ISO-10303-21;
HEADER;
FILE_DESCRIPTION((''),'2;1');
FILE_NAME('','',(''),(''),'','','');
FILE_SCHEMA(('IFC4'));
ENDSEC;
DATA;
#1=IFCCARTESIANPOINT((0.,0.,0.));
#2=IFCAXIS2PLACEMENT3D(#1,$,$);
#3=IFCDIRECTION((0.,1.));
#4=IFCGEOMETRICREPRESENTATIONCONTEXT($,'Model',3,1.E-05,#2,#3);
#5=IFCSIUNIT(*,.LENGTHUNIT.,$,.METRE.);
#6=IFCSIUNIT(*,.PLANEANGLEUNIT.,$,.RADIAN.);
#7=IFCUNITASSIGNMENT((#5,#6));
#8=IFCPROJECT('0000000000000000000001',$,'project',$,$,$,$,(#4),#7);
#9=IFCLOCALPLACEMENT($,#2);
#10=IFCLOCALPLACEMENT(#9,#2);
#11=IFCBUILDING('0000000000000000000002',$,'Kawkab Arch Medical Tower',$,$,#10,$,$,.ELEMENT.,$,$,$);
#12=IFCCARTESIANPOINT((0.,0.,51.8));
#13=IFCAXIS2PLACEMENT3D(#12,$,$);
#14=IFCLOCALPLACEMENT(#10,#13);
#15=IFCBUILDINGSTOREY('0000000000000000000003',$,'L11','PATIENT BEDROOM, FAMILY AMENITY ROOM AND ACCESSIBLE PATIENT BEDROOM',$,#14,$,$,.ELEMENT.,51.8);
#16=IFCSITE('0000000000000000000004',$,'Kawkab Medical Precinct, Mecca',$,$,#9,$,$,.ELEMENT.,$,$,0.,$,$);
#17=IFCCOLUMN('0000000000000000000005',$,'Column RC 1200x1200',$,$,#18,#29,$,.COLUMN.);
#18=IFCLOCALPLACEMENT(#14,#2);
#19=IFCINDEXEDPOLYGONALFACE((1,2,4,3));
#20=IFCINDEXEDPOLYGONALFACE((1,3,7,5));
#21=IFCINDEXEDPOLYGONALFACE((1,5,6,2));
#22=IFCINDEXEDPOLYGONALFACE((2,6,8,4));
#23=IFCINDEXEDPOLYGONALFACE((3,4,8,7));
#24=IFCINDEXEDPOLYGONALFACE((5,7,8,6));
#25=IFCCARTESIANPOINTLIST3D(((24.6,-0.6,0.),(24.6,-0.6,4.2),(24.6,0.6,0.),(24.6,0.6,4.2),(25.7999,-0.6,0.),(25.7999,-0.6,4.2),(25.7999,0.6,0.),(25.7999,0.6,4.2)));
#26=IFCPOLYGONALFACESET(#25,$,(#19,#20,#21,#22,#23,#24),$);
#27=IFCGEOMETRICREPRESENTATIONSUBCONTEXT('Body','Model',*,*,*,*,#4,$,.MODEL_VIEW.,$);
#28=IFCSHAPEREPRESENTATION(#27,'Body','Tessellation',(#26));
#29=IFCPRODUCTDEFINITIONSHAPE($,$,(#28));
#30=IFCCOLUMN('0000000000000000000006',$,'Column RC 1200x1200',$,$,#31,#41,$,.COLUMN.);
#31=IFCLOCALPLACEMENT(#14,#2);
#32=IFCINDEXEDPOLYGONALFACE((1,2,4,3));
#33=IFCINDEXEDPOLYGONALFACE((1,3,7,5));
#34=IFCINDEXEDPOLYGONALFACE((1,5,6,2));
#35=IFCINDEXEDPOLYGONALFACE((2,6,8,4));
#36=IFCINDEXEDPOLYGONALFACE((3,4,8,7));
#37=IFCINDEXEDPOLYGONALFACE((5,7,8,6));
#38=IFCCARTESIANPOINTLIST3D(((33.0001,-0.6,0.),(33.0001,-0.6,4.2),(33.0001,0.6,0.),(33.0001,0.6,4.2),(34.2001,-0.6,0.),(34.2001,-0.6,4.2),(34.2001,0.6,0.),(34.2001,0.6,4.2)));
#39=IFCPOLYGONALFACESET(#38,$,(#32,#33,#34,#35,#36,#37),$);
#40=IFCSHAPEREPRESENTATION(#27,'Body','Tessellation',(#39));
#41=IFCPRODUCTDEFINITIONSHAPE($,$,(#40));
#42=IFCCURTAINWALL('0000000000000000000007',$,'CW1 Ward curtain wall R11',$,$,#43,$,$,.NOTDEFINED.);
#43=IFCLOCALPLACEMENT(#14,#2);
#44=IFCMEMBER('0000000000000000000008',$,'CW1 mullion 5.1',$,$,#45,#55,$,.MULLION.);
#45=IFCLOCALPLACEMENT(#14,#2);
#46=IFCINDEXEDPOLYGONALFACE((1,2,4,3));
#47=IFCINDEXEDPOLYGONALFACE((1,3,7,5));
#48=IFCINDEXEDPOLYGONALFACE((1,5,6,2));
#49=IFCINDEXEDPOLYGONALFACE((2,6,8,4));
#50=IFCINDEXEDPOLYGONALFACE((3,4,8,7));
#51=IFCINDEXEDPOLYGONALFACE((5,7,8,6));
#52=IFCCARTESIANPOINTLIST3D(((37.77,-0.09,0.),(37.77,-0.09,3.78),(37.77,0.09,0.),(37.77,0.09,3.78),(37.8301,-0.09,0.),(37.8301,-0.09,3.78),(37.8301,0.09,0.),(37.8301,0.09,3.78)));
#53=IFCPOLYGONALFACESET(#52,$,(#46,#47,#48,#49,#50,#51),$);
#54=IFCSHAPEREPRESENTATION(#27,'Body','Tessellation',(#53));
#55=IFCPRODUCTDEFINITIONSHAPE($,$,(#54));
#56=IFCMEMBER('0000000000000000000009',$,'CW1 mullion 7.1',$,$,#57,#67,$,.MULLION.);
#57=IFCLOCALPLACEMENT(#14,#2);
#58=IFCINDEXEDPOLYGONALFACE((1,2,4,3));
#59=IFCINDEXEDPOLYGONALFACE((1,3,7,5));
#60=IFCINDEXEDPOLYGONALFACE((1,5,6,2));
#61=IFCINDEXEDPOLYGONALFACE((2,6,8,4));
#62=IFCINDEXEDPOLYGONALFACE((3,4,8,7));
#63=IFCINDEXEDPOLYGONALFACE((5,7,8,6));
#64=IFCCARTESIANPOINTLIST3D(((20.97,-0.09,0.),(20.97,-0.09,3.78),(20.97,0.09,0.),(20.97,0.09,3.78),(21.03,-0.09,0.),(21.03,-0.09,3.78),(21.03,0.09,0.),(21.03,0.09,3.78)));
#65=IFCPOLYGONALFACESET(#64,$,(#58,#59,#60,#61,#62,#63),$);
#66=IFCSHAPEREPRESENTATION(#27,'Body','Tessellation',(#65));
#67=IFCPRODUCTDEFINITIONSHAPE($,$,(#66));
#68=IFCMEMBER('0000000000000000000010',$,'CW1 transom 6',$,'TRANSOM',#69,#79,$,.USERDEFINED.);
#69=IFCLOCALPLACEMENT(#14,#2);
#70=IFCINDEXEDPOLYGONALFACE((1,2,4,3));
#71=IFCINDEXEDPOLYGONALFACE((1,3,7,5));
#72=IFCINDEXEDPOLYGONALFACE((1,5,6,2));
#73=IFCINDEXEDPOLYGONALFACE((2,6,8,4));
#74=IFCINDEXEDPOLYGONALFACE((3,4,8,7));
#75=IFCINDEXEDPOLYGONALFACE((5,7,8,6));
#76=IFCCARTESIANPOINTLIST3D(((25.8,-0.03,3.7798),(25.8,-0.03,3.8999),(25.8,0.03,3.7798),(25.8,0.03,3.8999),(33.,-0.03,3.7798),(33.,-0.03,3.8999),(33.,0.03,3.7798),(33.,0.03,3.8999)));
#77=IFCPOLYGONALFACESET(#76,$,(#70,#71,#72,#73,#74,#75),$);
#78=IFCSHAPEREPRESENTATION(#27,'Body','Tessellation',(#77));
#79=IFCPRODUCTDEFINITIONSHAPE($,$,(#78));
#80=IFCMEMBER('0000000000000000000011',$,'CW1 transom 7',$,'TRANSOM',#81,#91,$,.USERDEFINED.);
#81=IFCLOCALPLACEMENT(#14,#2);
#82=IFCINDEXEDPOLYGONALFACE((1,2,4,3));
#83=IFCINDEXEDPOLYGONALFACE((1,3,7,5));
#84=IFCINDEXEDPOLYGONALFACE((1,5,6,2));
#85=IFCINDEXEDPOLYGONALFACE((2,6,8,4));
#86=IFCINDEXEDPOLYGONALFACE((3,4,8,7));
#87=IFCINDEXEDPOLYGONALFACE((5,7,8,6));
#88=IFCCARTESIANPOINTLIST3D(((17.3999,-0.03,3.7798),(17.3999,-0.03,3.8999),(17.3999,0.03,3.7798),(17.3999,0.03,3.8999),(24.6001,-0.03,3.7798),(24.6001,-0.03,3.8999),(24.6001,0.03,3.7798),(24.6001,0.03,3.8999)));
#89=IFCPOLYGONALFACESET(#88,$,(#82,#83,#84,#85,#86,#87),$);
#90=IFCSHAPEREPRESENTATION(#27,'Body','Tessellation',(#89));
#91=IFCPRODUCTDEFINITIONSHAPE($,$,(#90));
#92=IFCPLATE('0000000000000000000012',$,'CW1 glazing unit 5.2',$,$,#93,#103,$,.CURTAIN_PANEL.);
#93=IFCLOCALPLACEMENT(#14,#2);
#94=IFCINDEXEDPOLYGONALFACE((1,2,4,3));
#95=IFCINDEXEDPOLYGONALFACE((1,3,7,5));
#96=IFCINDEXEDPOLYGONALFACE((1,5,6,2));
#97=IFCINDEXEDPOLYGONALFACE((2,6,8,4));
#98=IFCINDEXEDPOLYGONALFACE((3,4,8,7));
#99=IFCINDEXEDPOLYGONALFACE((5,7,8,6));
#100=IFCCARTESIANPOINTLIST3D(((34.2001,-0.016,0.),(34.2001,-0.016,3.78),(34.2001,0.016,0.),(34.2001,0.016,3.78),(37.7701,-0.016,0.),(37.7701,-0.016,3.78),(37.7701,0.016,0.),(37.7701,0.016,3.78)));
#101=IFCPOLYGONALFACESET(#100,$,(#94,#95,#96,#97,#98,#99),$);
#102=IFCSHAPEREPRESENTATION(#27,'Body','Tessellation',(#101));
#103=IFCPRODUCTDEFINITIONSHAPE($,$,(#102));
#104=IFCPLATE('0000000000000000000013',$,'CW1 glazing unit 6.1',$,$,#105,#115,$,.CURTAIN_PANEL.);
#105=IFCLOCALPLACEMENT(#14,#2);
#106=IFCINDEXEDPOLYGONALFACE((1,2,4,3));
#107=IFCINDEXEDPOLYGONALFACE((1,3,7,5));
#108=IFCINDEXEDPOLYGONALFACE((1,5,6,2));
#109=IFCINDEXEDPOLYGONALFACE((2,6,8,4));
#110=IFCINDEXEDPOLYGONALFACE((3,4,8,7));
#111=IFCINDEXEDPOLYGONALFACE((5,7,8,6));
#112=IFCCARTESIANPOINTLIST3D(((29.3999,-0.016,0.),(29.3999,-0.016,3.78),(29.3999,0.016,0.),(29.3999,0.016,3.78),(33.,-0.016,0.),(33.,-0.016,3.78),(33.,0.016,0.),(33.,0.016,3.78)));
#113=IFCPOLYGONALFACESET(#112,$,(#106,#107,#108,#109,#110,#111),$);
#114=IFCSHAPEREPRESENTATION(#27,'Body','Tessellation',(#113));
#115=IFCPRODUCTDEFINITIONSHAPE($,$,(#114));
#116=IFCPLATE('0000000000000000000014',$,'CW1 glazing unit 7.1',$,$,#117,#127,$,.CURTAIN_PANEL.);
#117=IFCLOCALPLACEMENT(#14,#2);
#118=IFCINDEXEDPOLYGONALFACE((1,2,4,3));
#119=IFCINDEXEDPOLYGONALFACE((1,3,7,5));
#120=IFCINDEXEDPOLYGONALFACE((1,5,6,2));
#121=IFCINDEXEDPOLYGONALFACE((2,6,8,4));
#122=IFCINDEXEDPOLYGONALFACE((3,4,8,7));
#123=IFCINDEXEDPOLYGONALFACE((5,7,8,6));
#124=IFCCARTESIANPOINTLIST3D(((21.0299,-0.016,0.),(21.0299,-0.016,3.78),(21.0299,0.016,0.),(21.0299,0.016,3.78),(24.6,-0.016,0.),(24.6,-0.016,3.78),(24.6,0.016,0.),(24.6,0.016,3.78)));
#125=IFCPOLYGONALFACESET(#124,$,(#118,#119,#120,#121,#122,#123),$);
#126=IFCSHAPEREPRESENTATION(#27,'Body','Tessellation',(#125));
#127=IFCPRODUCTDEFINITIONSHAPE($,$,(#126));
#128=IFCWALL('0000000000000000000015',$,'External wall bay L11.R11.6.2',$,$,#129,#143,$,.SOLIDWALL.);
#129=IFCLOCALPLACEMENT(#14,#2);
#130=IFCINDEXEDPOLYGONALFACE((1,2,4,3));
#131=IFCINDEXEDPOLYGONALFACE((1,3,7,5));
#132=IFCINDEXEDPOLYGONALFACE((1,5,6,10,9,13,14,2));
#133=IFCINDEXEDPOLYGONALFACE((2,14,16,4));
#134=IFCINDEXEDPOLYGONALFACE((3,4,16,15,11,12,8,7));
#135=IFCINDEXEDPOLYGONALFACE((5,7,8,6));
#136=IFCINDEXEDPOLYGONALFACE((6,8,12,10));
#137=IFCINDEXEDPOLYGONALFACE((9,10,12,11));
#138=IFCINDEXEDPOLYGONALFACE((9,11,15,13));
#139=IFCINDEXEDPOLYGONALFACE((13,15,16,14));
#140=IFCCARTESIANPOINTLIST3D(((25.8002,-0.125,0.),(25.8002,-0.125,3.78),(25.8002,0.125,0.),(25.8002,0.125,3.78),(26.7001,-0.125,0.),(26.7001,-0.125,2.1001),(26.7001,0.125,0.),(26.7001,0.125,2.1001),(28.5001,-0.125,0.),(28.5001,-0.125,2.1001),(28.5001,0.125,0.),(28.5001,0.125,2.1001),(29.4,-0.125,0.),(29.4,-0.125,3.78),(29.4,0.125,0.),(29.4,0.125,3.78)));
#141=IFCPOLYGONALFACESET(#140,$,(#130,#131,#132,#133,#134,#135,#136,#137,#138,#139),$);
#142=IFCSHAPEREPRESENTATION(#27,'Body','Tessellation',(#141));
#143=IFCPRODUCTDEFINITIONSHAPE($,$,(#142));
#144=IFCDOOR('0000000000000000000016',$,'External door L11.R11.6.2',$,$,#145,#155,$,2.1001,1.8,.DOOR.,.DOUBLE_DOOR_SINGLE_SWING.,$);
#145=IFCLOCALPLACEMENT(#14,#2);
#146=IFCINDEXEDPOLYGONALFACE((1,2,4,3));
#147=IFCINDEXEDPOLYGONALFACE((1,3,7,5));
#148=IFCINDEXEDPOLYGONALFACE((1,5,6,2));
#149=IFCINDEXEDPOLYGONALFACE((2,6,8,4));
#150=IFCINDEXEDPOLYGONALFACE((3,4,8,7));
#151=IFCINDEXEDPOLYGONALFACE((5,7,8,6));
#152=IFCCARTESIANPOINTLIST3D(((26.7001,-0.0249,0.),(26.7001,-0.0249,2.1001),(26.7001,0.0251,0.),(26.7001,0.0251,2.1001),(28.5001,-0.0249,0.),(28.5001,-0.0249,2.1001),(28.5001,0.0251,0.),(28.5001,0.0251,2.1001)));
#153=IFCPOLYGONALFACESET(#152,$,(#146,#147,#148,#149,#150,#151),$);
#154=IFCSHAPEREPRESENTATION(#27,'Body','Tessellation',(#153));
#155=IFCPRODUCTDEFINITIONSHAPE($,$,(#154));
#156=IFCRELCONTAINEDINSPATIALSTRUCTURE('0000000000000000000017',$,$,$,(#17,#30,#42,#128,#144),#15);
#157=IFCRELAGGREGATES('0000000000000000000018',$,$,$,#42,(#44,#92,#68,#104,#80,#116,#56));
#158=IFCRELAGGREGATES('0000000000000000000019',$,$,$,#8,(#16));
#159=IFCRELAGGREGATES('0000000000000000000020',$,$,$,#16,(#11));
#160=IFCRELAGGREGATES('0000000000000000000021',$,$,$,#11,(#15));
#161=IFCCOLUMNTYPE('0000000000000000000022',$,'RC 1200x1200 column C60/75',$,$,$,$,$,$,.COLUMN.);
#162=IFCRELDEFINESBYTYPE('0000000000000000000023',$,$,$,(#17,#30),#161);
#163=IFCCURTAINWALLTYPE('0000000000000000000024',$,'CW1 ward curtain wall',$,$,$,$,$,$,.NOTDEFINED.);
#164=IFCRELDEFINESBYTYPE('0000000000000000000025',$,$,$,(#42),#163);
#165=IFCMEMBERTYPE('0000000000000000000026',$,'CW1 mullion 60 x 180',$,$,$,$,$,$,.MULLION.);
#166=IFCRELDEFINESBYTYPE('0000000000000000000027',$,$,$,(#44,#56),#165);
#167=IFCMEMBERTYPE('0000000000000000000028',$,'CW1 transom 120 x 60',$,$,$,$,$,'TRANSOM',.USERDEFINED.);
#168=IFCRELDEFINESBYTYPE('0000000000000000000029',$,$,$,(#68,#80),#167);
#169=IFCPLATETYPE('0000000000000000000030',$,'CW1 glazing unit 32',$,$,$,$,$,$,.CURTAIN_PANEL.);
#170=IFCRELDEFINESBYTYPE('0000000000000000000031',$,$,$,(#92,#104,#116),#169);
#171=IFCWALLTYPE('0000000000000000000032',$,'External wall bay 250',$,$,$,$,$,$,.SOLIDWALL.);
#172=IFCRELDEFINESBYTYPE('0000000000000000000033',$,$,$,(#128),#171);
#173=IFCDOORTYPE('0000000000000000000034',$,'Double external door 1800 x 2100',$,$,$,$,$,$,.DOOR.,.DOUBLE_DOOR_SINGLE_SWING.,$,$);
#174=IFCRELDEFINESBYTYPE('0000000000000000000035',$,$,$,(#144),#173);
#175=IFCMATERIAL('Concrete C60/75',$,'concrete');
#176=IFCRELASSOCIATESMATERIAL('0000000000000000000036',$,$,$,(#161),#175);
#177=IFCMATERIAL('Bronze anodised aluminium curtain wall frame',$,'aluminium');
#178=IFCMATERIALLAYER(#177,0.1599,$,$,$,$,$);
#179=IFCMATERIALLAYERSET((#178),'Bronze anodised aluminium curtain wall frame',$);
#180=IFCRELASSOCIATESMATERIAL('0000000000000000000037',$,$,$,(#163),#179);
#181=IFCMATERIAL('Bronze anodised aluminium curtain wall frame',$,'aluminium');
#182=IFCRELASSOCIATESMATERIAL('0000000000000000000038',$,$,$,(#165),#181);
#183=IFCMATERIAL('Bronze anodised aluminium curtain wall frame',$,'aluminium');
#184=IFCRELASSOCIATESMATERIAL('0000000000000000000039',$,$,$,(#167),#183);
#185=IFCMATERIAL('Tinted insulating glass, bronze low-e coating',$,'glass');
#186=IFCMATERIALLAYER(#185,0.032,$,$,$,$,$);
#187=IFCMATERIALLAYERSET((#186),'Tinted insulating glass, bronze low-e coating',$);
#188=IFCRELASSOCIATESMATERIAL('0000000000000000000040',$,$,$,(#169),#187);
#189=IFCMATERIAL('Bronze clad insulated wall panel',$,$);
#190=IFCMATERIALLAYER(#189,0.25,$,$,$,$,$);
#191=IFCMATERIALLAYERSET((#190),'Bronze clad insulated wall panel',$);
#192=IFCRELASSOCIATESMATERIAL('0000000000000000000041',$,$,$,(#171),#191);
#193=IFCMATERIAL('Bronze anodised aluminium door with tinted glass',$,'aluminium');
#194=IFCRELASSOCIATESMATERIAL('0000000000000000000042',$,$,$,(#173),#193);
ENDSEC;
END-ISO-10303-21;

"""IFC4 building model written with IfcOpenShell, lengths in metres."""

from ifc_helpers import new_model, si_unit, direction, frame, frame_2d, origin, origin_2d, place, context, subcontext, project, spatial, rectangle, extrude, material, layer, layer_set, material_profile, profile_set, type_object, element, fill, aggregate, save


model = new_model("IFC4")

# Units and contexts
model_context = context("Model", 3, precision=1e-05, world=origin(), true_north=direction((0.0, 1.0)))
body_context = subcontext(model_context, "Body", "Model", "MODEL_VIEW")
ifc_project = project(units=[si_unit("LENGTHUNIT", "METRE"), si_unit("PLANEANGLEUNIT", "RADIAN")], contexts=[model_context])

# Site, building, storey
site_placement = place(None, origin())
site = spatial("IfcSite", under=ifc_project, at=site_placement, Name="Kawkab Medical Precinct, Mecca", CompositionType="ELEMENT", RefElevation=0.0)
building_placement = place(site_placement, origin())
building = spatial("IfcBuilding", under=site, at=building_placement, Name="Kawkab Arch Medical Tower", CompositionType="ELEMENT")
storey_placement = place(building_placement, frame((0.0, 0.0, 51.8)))
storey = spatial("IfcBuildingStorey", under=building, at=storey_placement, Name="L11", Description="PATIENT BEDROOM, FAMILY AMENITY ROOM AND ACCESSIBLE PATIENT BEDROOM", CompositionType="ELEMENT", Elevation=51.8)

# Columns
ifc_material_1 = material(Name="Concrete C60/75", Category="concrete")
ifc_material_profile_1 = material_profile(ifc_material_1, rectangle(XDim=1.2, YDim=1.2, at=origin_2d()), Name="RC 1200x1200")
ifc_profile_set_1 = profile_set([ifc_material_profile_1], Name="Concrete C60/75")
column_type = type_object("IfcColumnType", Name="RC 1200x1200 column C60/75", PredefinedType="COLUMN", material=ifc_profile_set_1)
for number, where, z_axis, x_axis, name in (
    (1, (25.2, 0.0, 0.0), (0.0, 0.0, 1.0), (1.0, 0.0, 0.0), "Column RC 1200x1200"),
    (2, (33.6001, 0.0, 0.0), (0.0, 0.0, 1.0), (1.0, 0.0, 0.0), "Column RC 1200x1200"),
):
    element("IfcColumn", number, at=place(storey_placement, frame(where, z_axis=z_axis, x_axis=x_axis)), inside=storey, type_object=column_type, Name=name, PredefinedType="COLUMN", context=body_context, shape_type="SweptSolid", body=[
        extrude(rectangle(XDim=1.2, YDim=1.2, at=origin_2d()), origin(), (0.0, 0.0, 1.0), 4.2),
    ])

# Curtain wall, members, plates
ifc_material_2 = material(Name="Bronze anodised aluminium curtain wall frame", Category="aluminium")
ifc_layer_1 = layer(ifc_material_2, 0.1599)
ifc_layer_set_1 = layer_set([ifc_layer_1], Name="Bronze anodised aluminium curtain wall frame")
curtain_wall_type = type_object("IfcCurtainWallType", Name="CW1 ward curtain wall", PredefinedType="NOTDEFINED", material=ifc_layer_set_1)
placement = place(storey_placement, origin())
curtain_wall = element("IfcCurtainWall", 3, at=placement, inside=storey, type_object=curtain_wall_type, Name="CW1 Ward curtain wall R11", PredefinedType="NOTDEFINED")
ifc_material_3 = material(Name="Bronze anodised aluminium curtain wall frame", Category="aluminium")
ifc_material_profile_2 = material_profile(ifc_material_3, rectangle(XDim=0.1799, YDim=0.0601, at=origin_2d()), Name="AL 60x180")
ifc_profile_set_2 = profile_set([ifc_material_profile_2], Name="Bronze anodised aluminium curtain wall frame")
member_type_1 = type_object("IfcMemberType", Name="CW1 mullion 60 x 180", PredefinedType="MULLION", material=ifc_profile_set_2)
member_1_placement = place(storey_placement, frame((37.8, 0.0, 0.0), z_axis=(0.0, 0.0, 1.0), x_axis=(0.0, -1.0, 0.0)))
member_1 = element("IfcMember", 4, at=member_1_placement, type_object=member_type_1, Name="CW1 mullion 5.1", PredefinedType="MULLION", context=body_context, shape_type="SweptSolid", body=[
    extrude(rectangle(XDim=0.1799, YDim=0.0601, at=origin_2d()), origin(), (0.0, 0.0, 1.0), 3.78),
])
member_2_placement = place(storey_placement, frame((21.0, 0.0, 0.0), z_axis=(0.0, 0.0, 1.0), x_axis=(0.0, -1.0, 0.0)))
member_2 = element("IfcMember", 5, at=member_2_placement, type_object=member_type_1, Name="CW1 mullion 7.1", PredefinedType="MULLION", context=body_context, shape_type="SweptSolid", body=[
    extrude(rectangle(XDim=0.1799, YDim=0.0601, at=origin_2d()), origin(), (0.0, 0.0, 1.0), 3.78),
])
ifc_material_4 = material(Name="Bronze anodised aluminium curtain wall frame", Category="aluminium")
ifc_material_profile_3 = material_profile(ifc_material_4, rectangle(XDim=0.0601, YDim=0.1201, at=origin_2d()), Name="AL 60x120")
ifc_profile_set_3 = profile_set([ifc_material_profile_3], Name="Bronze anodised aluminium curtain wall frame")
member_type_2 = type_object("IfcMemberType", Name="CW1 transom 120 x 60", ElementType="TRANSOM", PredefinedType="USERDEFINED", material=ifc_profile_set_3)
member_3_placement = place(storey_placement, frame((33.0, 0.0, 3.8398), z_axis=(-1.0, 0.0, 0.0), x_axis=(0.0, -1.0, 0.0)))
member_3 = element("IfcMember", 6, at=member_3_placement, type_object=member_type_2, Name="CW1 transom 6", ObjectType="TRANSOM", PredefinedType="USERDEFINED", context=body_context, shape_type="SweptSolid", body=[
    extrude(rectangle(XDim=0.0601, YDim=0.1201, at=origin_2d()), origin(), (0.0, 0.0, 1.0), 7.2),
])
member_4_placement = place(storey_placement, frame((24.6001, 0.0, 3.8398), z_axis=(-1.0, 0.0, 0.0), x_axis=(0.0, -1.0, 0.0)))
member_4 = element("IfcMember", 7, at=member_4_placement, type_object=member_type_2, Name="CW1 transom 7", ObjectType="TRANSOM", PredefinedType="USERDEFINED", context=body_context, shape_type="SweptSolid", body=[
    extrude(rectangle(XDim=0.0601, YDim=0.1201, at=origin_2d()), origin(), (0.0, 0.0, 1.0), 7.2002),
])
ifc_material_5 = material(Name="Tinted insulating glass, bronze low-e coating", Category="glass")
ifc_layer_2 = layer(ifc_material_5, 0.032)
ifc_layer_set_2 = layer_set([ifc_layer_2], Name="Tinted insulating glass, bronze low-e coating")
plate_type = type_object("IfcPlateType", Name="CW1 glazing unit 32", PredefinedType="CURTAIN_PANEL", material=ifc_layer_set_2)
plate_1_placement = place(storey_placement, frame((35.9851, 0.0, 0.0), z_axis=(0.0, 0.0, 1.0), x_axis=(-1.0, 0.0, 0.0)))
plate_1 = element("IfcPlate", 8, at=plate_1_placement, type_object=plate_type, Name="CW1 glazing unit 5.2", PredefinedType="CURTAIN_PANEL", context=body_context, shape_type="SweptSolid", body=[
    extrude(rectangle(XDim=3.5701, YDim=0.032, at=origin_2d()), origin(), (0.0, 0.0, 1.0), 3.78),
])
plate_2_placement = place(storey_placement, frame((31.2, 0.0, 0.0), z_axis=(0.0, 0.0, 1.0), x_axis=(-1.0, 0.0, 0.0)))
plate_2 = element("IfcPlate", 9, at=plate_2_placement, type_object=plate_type, Name="CW1 glazing unit 6.1", PredefinedType="CURTAIN_PANEL", context=body_context, shape_type="SweptSolid", body=[
    extrude(rectangle(XDim=3.6001, YDim=0.032, at=origin_2d()), origin(), (0.0, 0.0, 1.0), 3.78),
])
plate_3_placement = place(storey_placement, frame((22.8149, 0.0, 0.0), z_axis=(0.0, 0.0, 1.0), x_axis=(-1.0, 0.0, 0.0)))
plate_3 = element("IfcPlate", 10, at=plate_3_placement, type_object=plate_type, Name="CW1 glazing unit 7.1", PredefinedType="CURTAIN_PANEL", context=body_context, shape_type="SweptSolid", body=[
    extrude(rectangle(XDim=3.5701, YDim=0.032, at=origin_2d()), origin(), (0.0, 0.0, 1.0), 3.78),
])
aggregate(curtain_wall, [member_1, plate_1, member_3, plate_2, member_4, plate_3, member_2])

# Wall, opening, door
ifc_material_6 = material(Name="Bronze clad insulated wall panel")
ifc_layer_3 = layer(ifc_material_6, 0.25)
ifc_layer_set_3 = layer_set([ifc_layer_3], Name="Bronze clad insulated wall panel")
wall_type = type_object("IfcWallType", Name="External wall bay 250", PredefinedType="SOLIDWALL", material=ifc_layer_set_3)
wall_placement = place(storey_placement, frame((29.3999, 0.0, 0.0), z_axis=(0.0, 0.0, 1.0), x_axis=(-1.0, 0.0, 0.0)))
wall = element("IfcWall", 11, at=wall_placement, inside=storey, type_object=wall_type, Name="External wall bay L11.R11.6.2", PredefinedType="SOLIDWALL", context=body_context, shape_type="SweptSolid", body=[
    extrude(rectangle(XDim=3.5999, YDim=0.25, at=frame_2d((1.7998, 0.0))), origin(), (0.0, 0.0, 1.0), 3.78),
])
opening_placement = place(wall_placement, frame((0.8999, 0.0, 0.0)))
opening = element("IfcOpeningElement", 12, at=opening_placement, cuts=wall, PredefinedType="OPENING", context=body_context, shape_type="SweptSolid", body=[
    extrude(rectangle(XDim=1.8, YDim=2.1001, at=frame_2d((0.8999, 1.05))), frame((0.0, 0.135, 0.0), z_axis=(0.0, -1.0, 0.0), x_axis=(1.0, 0.0, 0.0)), (0.0, 0.0, 1.0), 0.27),
])
ifc_material_7 = material(Name="Bronze anodised aluminium door with tinted glass", Category="aluminium")
door_type = type_object("IfcDoorType", Name="Double external door 1800 x 2100", OperationType="DOUBLE_DOOR_SINGLE_SWING", PredefinedType="DOOR", material=ifc_material_7)
door_placement = place(opening_placement, origin())
door = element("IfcDoor", 13, at=door_placement, inside=storey, type_object=door_type, Name="External door L11.R11.6.2", OperationType="DOUBLE_DOOR_SINGLE_SWING", OverallHeight=2.1001, OverallWidth=1.8, PredefinedType="DOOR", context=body_context, shape_type="SweptSolid", body=[
    extrude(rectangle(XDim=1.8, YDim=2.1001, at=frame_2d((0.8999, 1.05))), frame((0.0, 0.0249, 0.0), z_axis=(0.0, -1.0, 0.0), x_axis=(1.0, 0.0, 0.0)), (0.0, 0.0, 1.0), 0.05),
])
fill(opening, door)

save(model, "model.ifc")
